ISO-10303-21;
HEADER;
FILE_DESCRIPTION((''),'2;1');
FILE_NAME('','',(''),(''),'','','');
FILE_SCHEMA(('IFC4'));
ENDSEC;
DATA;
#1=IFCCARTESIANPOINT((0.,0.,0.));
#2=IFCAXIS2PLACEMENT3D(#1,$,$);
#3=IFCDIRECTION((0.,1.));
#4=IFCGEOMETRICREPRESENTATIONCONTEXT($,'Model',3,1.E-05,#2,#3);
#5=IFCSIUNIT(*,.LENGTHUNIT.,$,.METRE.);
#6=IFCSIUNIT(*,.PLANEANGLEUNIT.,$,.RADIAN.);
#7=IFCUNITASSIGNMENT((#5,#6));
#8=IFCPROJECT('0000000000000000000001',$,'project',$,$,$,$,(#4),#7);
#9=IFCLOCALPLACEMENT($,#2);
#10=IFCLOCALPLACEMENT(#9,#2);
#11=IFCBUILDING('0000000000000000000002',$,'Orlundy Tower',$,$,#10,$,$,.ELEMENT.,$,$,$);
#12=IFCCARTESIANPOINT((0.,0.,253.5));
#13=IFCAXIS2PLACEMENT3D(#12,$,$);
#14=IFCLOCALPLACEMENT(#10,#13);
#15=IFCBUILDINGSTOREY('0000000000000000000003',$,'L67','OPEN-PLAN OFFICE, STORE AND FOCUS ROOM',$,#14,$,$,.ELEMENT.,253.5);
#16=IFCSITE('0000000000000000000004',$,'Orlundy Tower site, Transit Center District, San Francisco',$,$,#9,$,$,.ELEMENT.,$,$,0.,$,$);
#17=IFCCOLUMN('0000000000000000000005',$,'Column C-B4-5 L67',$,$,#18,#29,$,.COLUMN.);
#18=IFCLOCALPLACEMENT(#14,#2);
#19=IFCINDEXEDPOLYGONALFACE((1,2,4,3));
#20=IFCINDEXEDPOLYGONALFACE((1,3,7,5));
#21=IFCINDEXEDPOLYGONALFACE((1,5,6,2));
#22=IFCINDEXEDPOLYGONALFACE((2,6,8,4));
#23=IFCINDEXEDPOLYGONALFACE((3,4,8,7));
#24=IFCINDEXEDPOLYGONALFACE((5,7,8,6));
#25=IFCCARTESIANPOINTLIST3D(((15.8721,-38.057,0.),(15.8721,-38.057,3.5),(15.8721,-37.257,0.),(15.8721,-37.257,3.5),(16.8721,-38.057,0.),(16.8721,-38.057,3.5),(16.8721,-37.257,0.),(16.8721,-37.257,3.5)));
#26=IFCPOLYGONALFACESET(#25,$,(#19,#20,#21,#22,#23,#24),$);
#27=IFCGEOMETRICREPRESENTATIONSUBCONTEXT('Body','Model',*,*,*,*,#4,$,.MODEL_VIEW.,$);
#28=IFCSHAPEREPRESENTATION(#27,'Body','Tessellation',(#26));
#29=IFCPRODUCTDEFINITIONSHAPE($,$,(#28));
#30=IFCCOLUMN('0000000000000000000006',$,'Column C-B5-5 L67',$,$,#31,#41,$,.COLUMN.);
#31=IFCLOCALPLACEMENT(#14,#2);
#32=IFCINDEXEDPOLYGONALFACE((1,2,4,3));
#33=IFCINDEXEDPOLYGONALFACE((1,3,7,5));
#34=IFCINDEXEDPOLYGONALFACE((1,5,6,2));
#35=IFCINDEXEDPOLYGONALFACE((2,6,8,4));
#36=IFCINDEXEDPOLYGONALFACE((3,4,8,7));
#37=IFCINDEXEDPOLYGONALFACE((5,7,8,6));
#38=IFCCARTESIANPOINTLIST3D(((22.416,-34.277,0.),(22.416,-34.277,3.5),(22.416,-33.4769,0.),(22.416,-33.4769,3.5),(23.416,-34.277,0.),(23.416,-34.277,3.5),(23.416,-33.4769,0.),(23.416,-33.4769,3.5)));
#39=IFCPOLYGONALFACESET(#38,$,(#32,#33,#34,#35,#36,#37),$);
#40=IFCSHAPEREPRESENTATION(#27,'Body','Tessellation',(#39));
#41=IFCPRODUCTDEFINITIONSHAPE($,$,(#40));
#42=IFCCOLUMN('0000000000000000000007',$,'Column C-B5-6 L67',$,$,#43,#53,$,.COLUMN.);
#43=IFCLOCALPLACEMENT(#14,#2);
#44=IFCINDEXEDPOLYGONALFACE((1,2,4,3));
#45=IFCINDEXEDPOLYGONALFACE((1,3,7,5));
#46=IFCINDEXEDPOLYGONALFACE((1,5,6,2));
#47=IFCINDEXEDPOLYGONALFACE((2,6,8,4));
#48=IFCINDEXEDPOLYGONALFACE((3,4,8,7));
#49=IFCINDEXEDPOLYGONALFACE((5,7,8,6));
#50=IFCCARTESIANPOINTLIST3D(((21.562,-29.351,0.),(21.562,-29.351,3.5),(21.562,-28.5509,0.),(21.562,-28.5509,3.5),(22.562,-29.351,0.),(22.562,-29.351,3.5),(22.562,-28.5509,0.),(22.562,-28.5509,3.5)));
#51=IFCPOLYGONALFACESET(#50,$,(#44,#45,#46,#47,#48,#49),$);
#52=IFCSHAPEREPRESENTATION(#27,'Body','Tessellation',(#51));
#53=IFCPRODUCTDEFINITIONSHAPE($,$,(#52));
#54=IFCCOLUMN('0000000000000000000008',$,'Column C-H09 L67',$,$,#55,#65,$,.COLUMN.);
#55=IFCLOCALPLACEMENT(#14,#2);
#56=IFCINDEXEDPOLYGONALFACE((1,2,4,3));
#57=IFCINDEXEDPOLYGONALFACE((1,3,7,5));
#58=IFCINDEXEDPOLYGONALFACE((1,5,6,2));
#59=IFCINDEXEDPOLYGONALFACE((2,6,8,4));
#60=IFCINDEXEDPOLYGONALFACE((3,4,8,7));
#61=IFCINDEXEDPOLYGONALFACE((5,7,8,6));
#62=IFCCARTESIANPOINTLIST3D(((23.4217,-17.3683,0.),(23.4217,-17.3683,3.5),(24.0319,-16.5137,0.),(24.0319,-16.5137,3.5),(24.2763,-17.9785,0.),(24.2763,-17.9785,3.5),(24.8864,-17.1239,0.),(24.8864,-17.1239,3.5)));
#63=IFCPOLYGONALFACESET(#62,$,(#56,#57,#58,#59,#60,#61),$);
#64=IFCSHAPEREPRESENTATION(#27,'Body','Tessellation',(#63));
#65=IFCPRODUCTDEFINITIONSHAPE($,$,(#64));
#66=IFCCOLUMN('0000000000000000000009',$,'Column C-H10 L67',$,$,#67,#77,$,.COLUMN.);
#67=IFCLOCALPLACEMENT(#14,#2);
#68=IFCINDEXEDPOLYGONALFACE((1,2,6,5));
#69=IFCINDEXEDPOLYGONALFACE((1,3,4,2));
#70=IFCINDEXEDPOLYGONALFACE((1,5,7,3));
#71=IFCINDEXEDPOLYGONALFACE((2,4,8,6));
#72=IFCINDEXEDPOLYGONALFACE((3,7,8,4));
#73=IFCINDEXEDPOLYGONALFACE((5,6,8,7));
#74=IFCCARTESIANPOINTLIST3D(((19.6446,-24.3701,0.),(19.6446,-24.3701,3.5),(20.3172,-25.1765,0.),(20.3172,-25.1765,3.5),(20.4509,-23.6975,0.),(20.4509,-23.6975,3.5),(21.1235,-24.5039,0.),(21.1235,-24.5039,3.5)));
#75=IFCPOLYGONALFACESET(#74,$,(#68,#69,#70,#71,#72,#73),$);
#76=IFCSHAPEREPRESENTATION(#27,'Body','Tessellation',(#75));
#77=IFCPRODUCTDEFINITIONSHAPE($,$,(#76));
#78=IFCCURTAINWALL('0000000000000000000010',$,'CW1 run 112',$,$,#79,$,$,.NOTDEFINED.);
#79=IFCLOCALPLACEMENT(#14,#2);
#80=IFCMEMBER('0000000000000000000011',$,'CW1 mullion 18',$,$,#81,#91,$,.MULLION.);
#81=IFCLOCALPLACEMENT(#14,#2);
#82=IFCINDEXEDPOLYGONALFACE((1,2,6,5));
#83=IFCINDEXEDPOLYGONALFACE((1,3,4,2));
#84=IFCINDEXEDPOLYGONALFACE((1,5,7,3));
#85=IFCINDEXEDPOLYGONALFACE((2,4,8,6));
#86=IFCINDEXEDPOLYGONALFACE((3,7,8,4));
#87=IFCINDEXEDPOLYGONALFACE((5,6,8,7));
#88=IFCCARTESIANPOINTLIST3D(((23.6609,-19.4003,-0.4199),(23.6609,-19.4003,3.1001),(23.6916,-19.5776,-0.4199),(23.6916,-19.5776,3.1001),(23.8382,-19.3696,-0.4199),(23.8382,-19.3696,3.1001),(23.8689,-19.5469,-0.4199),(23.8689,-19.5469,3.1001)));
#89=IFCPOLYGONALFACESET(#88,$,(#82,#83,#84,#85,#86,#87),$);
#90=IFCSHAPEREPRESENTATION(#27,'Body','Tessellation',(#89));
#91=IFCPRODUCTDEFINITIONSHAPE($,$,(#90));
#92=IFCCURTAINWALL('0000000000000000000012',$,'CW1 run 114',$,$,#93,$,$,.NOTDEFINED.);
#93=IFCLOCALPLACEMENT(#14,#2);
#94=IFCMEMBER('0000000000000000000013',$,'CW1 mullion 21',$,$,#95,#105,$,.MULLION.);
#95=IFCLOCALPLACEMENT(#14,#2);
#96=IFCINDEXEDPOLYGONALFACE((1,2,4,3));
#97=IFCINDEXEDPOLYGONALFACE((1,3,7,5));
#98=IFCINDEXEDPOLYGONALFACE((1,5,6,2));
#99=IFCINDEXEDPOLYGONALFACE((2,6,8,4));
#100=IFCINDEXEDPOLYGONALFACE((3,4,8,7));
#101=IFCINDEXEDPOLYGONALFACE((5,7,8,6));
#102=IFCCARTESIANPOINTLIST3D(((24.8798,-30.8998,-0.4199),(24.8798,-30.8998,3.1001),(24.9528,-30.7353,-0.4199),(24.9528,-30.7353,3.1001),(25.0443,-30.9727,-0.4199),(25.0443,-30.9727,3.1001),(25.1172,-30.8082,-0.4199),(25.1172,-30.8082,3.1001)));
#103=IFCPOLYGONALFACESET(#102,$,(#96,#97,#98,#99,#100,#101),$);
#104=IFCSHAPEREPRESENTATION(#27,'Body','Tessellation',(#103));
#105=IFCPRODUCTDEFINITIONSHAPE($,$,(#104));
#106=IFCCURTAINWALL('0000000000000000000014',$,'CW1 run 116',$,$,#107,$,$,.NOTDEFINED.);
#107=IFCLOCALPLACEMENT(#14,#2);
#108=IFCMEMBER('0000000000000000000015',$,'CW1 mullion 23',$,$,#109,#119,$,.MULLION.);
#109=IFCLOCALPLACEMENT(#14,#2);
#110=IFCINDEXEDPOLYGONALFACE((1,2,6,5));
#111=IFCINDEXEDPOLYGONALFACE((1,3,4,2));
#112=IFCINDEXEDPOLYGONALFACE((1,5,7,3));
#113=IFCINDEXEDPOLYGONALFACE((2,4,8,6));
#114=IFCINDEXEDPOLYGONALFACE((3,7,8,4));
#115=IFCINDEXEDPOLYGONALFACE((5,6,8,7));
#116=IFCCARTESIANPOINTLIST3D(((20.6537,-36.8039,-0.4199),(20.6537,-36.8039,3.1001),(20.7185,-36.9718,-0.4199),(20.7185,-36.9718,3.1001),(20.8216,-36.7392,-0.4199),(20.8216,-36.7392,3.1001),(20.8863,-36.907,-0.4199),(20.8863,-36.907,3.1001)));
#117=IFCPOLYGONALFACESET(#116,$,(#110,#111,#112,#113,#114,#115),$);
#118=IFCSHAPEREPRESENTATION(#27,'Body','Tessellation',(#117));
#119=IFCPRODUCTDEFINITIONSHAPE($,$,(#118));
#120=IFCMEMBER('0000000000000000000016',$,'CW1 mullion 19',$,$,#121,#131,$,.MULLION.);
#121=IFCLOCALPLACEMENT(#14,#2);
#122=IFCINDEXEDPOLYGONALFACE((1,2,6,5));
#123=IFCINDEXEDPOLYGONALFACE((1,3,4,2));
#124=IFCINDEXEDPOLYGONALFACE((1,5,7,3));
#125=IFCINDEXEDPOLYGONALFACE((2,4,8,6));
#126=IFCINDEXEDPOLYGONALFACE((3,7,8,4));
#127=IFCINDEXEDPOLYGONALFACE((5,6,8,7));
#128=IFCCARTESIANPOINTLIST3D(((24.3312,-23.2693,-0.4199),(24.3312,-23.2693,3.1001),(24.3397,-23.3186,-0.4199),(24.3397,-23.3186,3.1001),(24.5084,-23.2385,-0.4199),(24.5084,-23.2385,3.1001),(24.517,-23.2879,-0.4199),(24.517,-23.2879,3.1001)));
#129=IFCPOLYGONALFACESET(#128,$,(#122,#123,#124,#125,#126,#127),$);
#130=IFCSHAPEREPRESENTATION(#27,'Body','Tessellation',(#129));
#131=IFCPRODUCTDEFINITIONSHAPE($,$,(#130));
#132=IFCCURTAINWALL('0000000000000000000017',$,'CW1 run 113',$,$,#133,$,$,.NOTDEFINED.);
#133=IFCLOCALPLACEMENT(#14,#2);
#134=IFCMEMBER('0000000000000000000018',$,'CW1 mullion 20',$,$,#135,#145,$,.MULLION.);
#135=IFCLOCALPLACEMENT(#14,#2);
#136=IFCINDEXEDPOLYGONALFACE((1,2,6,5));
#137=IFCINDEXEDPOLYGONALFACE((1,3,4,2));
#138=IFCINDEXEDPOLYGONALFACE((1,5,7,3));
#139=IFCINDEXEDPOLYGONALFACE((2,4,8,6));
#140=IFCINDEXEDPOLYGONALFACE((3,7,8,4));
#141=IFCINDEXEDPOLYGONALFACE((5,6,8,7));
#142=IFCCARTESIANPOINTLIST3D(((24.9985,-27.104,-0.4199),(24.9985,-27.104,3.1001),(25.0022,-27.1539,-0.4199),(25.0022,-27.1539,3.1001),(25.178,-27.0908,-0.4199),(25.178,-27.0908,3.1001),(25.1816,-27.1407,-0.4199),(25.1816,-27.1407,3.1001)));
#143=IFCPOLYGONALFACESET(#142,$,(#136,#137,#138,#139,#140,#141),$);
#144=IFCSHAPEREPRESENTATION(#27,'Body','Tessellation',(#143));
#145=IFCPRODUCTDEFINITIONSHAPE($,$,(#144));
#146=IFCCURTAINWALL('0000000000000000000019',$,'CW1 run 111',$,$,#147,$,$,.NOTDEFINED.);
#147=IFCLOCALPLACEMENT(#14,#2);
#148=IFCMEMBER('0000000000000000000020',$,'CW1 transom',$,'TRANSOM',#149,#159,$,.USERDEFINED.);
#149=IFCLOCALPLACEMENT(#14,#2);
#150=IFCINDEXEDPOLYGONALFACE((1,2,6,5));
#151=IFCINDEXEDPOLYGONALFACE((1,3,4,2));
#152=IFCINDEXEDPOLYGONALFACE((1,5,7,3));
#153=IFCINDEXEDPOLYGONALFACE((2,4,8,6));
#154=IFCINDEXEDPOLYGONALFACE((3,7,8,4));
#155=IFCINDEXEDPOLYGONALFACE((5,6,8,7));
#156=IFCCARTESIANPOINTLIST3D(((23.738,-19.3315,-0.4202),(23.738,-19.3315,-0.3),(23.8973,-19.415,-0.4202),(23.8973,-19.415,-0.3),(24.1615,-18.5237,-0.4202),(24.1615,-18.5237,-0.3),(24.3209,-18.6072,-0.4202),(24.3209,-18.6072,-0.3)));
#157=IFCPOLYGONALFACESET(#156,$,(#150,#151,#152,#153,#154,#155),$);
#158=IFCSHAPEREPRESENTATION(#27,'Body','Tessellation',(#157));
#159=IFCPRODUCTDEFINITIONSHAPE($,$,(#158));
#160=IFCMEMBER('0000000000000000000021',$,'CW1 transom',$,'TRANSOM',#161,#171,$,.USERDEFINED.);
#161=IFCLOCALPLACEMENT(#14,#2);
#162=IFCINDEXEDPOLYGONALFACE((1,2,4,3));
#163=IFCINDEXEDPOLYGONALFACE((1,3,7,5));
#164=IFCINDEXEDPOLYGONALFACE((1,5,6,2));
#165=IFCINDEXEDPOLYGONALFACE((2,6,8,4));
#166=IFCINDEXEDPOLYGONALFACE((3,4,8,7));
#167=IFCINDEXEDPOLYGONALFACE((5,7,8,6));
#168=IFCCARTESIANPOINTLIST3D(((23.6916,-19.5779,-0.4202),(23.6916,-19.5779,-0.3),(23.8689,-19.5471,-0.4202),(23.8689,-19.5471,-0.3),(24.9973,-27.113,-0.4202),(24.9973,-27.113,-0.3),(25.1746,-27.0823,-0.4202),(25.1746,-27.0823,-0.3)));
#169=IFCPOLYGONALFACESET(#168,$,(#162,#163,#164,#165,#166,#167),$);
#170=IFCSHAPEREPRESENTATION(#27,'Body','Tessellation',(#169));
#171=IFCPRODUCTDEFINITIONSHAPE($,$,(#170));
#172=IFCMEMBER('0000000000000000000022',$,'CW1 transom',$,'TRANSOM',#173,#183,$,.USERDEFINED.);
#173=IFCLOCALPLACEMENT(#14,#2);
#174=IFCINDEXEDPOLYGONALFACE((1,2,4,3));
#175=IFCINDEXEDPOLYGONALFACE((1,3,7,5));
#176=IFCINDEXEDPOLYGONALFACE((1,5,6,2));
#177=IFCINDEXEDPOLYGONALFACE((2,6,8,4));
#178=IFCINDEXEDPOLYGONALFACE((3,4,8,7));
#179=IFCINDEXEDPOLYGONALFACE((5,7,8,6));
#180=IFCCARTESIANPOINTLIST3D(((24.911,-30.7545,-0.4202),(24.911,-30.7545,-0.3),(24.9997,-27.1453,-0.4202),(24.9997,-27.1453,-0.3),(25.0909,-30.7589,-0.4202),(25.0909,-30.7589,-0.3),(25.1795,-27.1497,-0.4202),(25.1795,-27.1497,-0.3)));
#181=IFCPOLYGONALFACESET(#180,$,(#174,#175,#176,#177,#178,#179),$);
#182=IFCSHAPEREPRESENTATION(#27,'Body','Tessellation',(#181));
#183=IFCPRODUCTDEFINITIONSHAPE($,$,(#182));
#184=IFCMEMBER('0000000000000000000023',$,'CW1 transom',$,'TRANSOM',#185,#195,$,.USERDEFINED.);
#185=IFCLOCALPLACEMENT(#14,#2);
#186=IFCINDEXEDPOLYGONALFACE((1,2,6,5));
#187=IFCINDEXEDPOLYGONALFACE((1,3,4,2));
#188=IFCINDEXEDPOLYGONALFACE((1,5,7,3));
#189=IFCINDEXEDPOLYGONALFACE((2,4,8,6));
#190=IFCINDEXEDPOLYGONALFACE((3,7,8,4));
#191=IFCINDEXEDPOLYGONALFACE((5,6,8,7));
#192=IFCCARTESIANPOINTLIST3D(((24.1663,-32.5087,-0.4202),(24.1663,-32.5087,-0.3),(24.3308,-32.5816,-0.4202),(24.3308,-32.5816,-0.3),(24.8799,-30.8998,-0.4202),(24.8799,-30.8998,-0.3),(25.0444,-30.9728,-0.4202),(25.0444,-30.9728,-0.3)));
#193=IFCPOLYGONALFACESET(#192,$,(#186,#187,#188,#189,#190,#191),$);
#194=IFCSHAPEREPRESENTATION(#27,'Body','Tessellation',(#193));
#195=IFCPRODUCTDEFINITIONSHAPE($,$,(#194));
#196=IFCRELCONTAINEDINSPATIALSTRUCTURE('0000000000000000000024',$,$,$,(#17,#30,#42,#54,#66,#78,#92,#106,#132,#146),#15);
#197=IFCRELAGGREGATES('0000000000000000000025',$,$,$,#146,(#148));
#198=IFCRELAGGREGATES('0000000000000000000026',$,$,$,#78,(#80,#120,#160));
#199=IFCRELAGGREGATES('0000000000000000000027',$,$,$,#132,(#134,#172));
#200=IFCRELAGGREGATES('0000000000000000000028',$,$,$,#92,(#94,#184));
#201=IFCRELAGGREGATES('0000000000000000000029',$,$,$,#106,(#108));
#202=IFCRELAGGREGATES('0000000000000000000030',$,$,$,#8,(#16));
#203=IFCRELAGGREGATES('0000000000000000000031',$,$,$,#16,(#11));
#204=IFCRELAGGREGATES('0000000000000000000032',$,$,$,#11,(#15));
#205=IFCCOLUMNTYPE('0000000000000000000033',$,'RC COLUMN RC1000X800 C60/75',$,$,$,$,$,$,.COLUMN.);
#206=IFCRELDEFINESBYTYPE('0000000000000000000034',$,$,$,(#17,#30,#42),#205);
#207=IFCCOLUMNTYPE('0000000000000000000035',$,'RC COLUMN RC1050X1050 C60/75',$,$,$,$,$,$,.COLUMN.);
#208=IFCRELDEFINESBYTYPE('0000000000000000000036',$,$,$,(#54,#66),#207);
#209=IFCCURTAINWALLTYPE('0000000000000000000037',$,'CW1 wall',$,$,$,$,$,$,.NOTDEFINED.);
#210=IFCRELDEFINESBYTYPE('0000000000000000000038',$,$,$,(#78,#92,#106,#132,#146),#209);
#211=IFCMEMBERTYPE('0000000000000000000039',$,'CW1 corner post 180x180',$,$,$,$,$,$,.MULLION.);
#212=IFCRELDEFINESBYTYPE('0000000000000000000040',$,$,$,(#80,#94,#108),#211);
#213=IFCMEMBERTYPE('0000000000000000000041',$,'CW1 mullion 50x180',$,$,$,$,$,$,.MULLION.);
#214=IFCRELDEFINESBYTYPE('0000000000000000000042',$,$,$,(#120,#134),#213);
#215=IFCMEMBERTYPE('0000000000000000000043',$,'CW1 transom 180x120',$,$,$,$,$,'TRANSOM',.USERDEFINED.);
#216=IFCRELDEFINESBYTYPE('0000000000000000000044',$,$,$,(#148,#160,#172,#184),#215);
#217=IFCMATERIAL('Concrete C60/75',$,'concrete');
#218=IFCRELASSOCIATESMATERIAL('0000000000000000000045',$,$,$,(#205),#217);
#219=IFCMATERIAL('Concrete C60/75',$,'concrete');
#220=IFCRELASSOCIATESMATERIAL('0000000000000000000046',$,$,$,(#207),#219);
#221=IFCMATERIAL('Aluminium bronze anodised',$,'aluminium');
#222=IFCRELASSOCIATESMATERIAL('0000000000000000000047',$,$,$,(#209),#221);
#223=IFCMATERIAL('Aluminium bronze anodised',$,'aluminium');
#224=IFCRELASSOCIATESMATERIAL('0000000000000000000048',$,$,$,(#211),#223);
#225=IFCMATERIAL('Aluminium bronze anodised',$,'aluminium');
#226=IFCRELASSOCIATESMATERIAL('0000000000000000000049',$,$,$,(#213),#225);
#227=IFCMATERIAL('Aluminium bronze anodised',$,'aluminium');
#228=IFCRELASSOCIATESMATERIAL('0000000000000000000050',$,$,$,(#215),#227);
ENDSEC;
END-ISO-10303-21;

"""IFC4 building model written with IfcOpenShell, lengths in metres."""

from ifc_helpers import new_model, si_unit, direction, frame, origin, origin_2d, place, context, subcontext, project, spatial, rectangle, extrude, material, material_profile, profile_set, type_object, element, aggregate, save


model = new_model("IFC4")

# Units and contexts
model_context = context("Model", 3, precision=1e-05, world=origin(), true_north=direction((0.0, 1.0)))
body_context = subcontext(model_context, "Body", "Model", "MODEL_VIEW")
ifc_project = project(units=[si_unit("LENGTHUNIT", "METRE"), si_unit("PLANEANGLEUNIT", "RADIAN")], contexts=[model_context])

# Site, building, storey
site_placement = place(None, origin())
site = spatial("IfcSite", under=ifc_project, at=site_placement, Name="Orlundy Tower site, Transit Center District, San Francisco", CompositionType="ELEMENT", RefElevation=0.0)
building_placement = place(site_placement, origin())
building = spatial("IfcBuilding", under=site, at=building_placement, Name="Orlundy Tower", CompositionType="ELEMENT")
storey_placement = place(building_placement, frame((0.0, 0.0, 253.5)))
storey = spatial("IfcBuildingStorey", under=building, at=storey_placement, Name="L67", Description="OPEN-PLAN OFFICE, STORE AND FOCUS ROOM", CompositionType="ELEMENT", Elevation=253.5)

# Columns
ifc_material_1 = material(Name="Concrete C60/75", Category="concrete")
ifc_material_profile_1 = material_profile(ifc_material_1, rectangle(XDim=1.0, YDim=0.8, at=origin_2d()), Name="RC1000X800")
ifc_profile_set_1 = profile_set([ifc_material_profile_1], Name="Concrete C60/75")
column_type_1 = type_object("IfcColumnType", Name="RC COLUMN RC1000X800 C60/75", PredefinedType="COLUMN", material=ifc_profile_set_1)
for number, where, z_axis, x_axis, name in (
    (1, (16.3721, -37.657, 0.0), (0.0, 0.0, 1.0), (1.0, 0.0, 0.0), "Column C-B4-5 L67"),
    (2, (22.916, -33.877, 0.0), (0.0, 0.0, 1.0), (1.0, 0.0, 0.0), "Column C-B5-5 L67"),
    (3, (22.062, -28.9509, 0.0), (0.0, 0.0, 1.0), (1.0, 0.0, 0.0), "Column C-B5-6 L67"),
):
    element("IfcColumn", number, at=place(storey_placement, frame(where, z_axis=z_axis, x_axis=x_axis)), inside=storey, type_object=column_type_1, Name=name, PredefinedType="COLUMN", context=body_context, shape_type="SweptSolid", body=[
        extrude(rectangle(XDim=1.0, YDim=0.8, at=origin_2d()), origin(), (0.0, 0.0, 1.0), 3.5),
    ])
ifc_material_2 = material(Name="Concrete C60/75", Category="concrete")
ifc_material_profile_2 = material_profile(ifc_material_2, rectangle(XDim=1.05, YDim=1.05, at=origin_2d()), Name="RC1050X1050")
ifc_profile_set_2 = profile_set([ifc_material_profile_2], Name="Concrete C60/75")
column_type_2 = type_object("IfcColumnType", Name="RC COLUMN RC1050X1050 C60/75", PredefinedType="COLUMN", material=ifc_profile_set_2)
for number, where, z_axis, x_axis, name in (
    (4, (24.1541, -17.2461, 0.0), (0.0, 0.0, 1.0), (0.813842, -0.581087, 0.0), "Column C-H09 L67"),
    (5, (20.384, -24.437, 0.0), (0.0, 0.0, 1.0), (0.640552, -0.767915, 0.0), "Column C-H10 L67"),
):
    element("IfcColumn", number, at=place(storey_placement, frame(where, z_axis=z_axis, x_axis=x_axis)), inside=storey, type_object=column_type_2, Name=name, PredefinedType="COLUMN", context=body_context, shape_type="SweptSolid", body=[
        extrude(rectangle(XDim=1.05, YDim=1.05, at=origin_2d()), origin(), (0.0, 0.0, 1.0), 3.5),
    ])

# Curtain walls, members
ifc_material_3 = material(Name="Aluminium bronze anodised", Category="aluminium")
curtain_wall_type = type_object("IfcCurtainWallType", Name="CW1 wall", PredefinedType="NOTDEFINED", material=ifc_material_3)
curtain_wall_1_placement = place(storey_placement, origin())
curtain_wall_1 = element("IfcCurtainWall", 6, at=curtain_wall_1_placement, inside=storey, type_object=curtain_wall_type, Name="CW1 run 112", PredefinedType="NOTDEFINED")
ifc_material_4 = material(Name="Aluminium bronze anodised", Category="aluminium")
ifc_material_profile_3 = material_profile(ifc_material_4, rectangle(XDim=0.1799, YDim=0.1799, at=origin_2d()), Name="CW1 corner post 180x180")
ifc_profile_set_3 = profile_set([ifc_material_profile_3], Name="Aluminium bronze anodised")
member_type_1 = type_object("IfcMemberType", Name="CW1 corner post 180x180", PredefinedType="MULLION", material=ifc_profile_set_3)
member_1_placement = place(storey_placement, frame((23.7649, -19.4736, -0.4199), z_axis=(0.0, 0.0, 1.0), x_axis=(0.985318, 0.170729, 0.0)))
member_1 = element("IfcMember", 7, at=member_1_placement, type_object=member_type_1, Name="CW1 mullion 18", PredefinedType="MULLION", context=body_context, shape_type="SweptSolid", body=[
    extrude(rectangle(XDim=0.1799, YDim=0.1799, at=origin_2d()), origin(), (0.0, 0.0, 1.0), 3.52),
])
curtain_wall_2_placement = place(storey_placement, origin())
curtain_wall_2 = element("IfcCurtainWall", 8, at=curtain_wall_2_placement, inside=storey, type_object=curtain_wall_type, Name="CW1 run 114", PredefinedType="NOTDEFINED")
member_2_placement = place(storey_placement, frame((24.9985, -30.854, -0.4199), z_axis=(0.0, 0.0, 1.0), x_axis=(0.914134, -0.405413, 0.0)))
member_2 = element("IfcMember", 9, at=member_2_placement, type_object=member_type_1, Name="CW1 mullion 21", PredefinedType="MULLION", context=body_context, shape_type="SweptSolid", body=[
    extrude(rectangle(XDim=0.1799, YDim=0.1799, at=origin_2d()), origin(), (0.0, 0.0, 1.0), 3.52),
])
curtain_wall_3_placement = place(storey_placement, origin())
curtain_wall_3 = element("IfcCurtainWall", 10, at=curtain_wall_3_placement, inside=storey, type_object=curtain_wall_type, Name="CW1 run 116", PredefinedType="NOTDEFINED")
member_3_placement = place(storey_placement, frame((20.77, -36.8555, -0.4199), z_axis=(0.0, 0.0, 1.0), x_axis=(0.359828, -0.933018, 0.0)))
member_3 = element("IfcMember", 11, at=member_3_placement, type_object=member_type_1, Name="CW1 mullion 23", PredefinedType="MULLION", context=body_context, shape_type="SweptSolid", body=[
    extrude(rectangle(XDim=0.1799, YDim=0.1799, at=origin_2d()), origin(), (0.0, 0.0, 1.0), 3.52),
])

# Member
ifc_material_5 = material(Name="Aluminium bronze anodised", Category="aluminium")
ifc_material_profile_4 = material_profile(ifc_material_5, rectangle(XDim=0.1799, YDim=0.05, at=origin_2d()), Name="CW1 mullion 50x180")
ifc_profile_set_4 = profile_set([ifc_material_profile_4], Name="Aluminium bronze anodised")
member_type_2 = type_object("IfcMemberType", Name="CW1 mullion 50x180", PredefinedType="MULLION", material=ifc_profile_set_4)
member_4_placement = place(storey_placement, frame((24.4241, -23.2786, -0.4199), z_axis=(0.0, 0.0, 1.0), x_axis=(0.985318, 0.170729, 0.0)))
member_4 = element("IfcMember", 12, at=member_4_placement, type_object=member_type_2, Name="CW1 mullion 19", PredefinedType="MULLION", context=body_context, shape_type="SweptSolid", body=[
    extrude(rectangle(XDim=0.1799, YDim=0.05, at=origin_2d()), origin(), (0.0, 0.0, 1.0), 3.52),
])

# Curtain walls, members
curtain_wall_4_placement = place(storey_placement, origin())
curtain_wall_4 = element("IfcCurtainWall", 13, at=curtain_wall_4_placement, inside=storey, type_object=curtain_wall_type, Name="CW1 run 113", PredefinedType="NOTDEFINED")
member_5_placement = place(storey_placement, frame((25.0901, -27.1223, -0.4199), z_axis=(0.0, 0.0, 1.0), x_axis=(0.9973, 0.07344, 0.0)))
member_5 = element("IfcMember", 14, at=member_5_placement, type_object=member_type_2, Name="CW1 mullion 20", PredefinedType="MULLION", context=body_context, shape_type="SweptSolid", body=[
    extrude(rectangle(XDim=0.1799, YDim=0.05, at=origin_2d()), origin(), (0.0, 0.0, 1.0), 3.52),
])
curtain_wall_5_placement = place(storey_placement, origin())
curtain_wall_5 = element("IfcCurtainWall", 15, at=curtain_wall_5_placement, inside=storey, type_object=curtain_wall_type, Name="CW1 run 111", PredefinedType="NOTDEFINED")
ifc_material_6 = material(Name="Aluminium bronze anodised", Category="aluminium")
ifc_material_profile_5 = material_profile(ifc_material_6, rectangle(XDim=0.1799, YDim=0.1201, at=origin_2d()), Name="CW1 transom 180x120")
ifc_profile_set_5 = profile_set([ifc_material_profile_5], Name="Aluminium bronze anodised")
member_type_3 = type_object("IfcMemberType", Name="CW1 transom 180x120", ElementType="TRANSOM", PredefinedType="USERDEFINED", material=ifc_profile_set_5)
member_6_placement = place(storey_placement, frame((24.2412, -18.5654, -0.3601), z_axis=(-0.464367, -0.885643, 0.0), x_axis=(0.885643, -0.464367, 0.0)))
member_6 = element("IfcMember", 16, at=member_6_placement, type_object=member_type_3, Name="CW1 transom", ObjectType="TRANSOM", PredefinedType="USERDEFINED", context=body_context, shape_type="SweptSolid", body=[
    extrude(rectangle(XDim=0.1799, YDim=0.1201, at=origin_2d()), origin(), (0.0, 0.0, 1.0), 0.9121),
])

# Members
member_7_placement = place(storey_placement, frame((23.7803, -19.5625, -0.3601), z_axis=(0.170732, -0.985317, 0.0), x_axis=(0.985317, 0.170732, 0.0)))
member_7 = element("IfcMember", 17, at=member_7_placement, type_object=member_type_3, Name="CW1 transom", ObjectType="TRANSOM", PredefinedType="USERDEFINED", context=body_context, shape_type="SweptSolid", body=[
    extrude(rectangle(XDim=0.1799, YDim=0.1201, at=origin_2d()), origin(), (0.0, 0.0, 1.0), 7.6475),
])
member_8_placement = place(storey_placement, frame((25.0896, -27.1475, -0.3601), z_axis=(-0.024546, -0.999699, 0.0), x_axis=(0.999699, -0.024546, 0.0)))
member_8 = element("IfcMember", 18, at=member_8_placement, type_object=member_type_3, Name="CW1 transom", ObjectType="TRANSOM", PredefinedType="USERDEFINED", context=body_context, shape_type="SweptSolid", body=[
    extrude(rectangle(XDim=0.1799, YDim=0.1201, at=origin_2d()), origin(), (0.0, 0.0, 1.0), 3.6104),
])
member_9_placement = place(storey_placement, frame((24.9622, -30.9363, -0.3601), z_axis=(-0.405456, -0.914114, 0.0), x_axis=(0.914114, -0.405456, 0.0)))
member_9 = element("IfcMember", 19, at=member_9_placement, type_object=member_type_3, Name="CW1 transom", ObjectType="TRANSOM", PredefinedType="USERDEFINED", context=body_context, shape_type="SweptSolid", body=[
    extrude(rectangle(XDim=0.1799, YDim=0.1201, at=origin_2d()), origin(), (0.0, 0.0, 1.0), 1.76),
])

aggregate(curtain_wall_5, [member_6])
aggregate(curtain_wall_1, [member_1, member_4, member_7])
aggregate(curtain_wall_4, [member_5, member_8])
aggregate(curtain_wall_2, [member_2, member_9])
aggregate(curtain_wall_3, [member_3])

save(model, "model.ifc")
